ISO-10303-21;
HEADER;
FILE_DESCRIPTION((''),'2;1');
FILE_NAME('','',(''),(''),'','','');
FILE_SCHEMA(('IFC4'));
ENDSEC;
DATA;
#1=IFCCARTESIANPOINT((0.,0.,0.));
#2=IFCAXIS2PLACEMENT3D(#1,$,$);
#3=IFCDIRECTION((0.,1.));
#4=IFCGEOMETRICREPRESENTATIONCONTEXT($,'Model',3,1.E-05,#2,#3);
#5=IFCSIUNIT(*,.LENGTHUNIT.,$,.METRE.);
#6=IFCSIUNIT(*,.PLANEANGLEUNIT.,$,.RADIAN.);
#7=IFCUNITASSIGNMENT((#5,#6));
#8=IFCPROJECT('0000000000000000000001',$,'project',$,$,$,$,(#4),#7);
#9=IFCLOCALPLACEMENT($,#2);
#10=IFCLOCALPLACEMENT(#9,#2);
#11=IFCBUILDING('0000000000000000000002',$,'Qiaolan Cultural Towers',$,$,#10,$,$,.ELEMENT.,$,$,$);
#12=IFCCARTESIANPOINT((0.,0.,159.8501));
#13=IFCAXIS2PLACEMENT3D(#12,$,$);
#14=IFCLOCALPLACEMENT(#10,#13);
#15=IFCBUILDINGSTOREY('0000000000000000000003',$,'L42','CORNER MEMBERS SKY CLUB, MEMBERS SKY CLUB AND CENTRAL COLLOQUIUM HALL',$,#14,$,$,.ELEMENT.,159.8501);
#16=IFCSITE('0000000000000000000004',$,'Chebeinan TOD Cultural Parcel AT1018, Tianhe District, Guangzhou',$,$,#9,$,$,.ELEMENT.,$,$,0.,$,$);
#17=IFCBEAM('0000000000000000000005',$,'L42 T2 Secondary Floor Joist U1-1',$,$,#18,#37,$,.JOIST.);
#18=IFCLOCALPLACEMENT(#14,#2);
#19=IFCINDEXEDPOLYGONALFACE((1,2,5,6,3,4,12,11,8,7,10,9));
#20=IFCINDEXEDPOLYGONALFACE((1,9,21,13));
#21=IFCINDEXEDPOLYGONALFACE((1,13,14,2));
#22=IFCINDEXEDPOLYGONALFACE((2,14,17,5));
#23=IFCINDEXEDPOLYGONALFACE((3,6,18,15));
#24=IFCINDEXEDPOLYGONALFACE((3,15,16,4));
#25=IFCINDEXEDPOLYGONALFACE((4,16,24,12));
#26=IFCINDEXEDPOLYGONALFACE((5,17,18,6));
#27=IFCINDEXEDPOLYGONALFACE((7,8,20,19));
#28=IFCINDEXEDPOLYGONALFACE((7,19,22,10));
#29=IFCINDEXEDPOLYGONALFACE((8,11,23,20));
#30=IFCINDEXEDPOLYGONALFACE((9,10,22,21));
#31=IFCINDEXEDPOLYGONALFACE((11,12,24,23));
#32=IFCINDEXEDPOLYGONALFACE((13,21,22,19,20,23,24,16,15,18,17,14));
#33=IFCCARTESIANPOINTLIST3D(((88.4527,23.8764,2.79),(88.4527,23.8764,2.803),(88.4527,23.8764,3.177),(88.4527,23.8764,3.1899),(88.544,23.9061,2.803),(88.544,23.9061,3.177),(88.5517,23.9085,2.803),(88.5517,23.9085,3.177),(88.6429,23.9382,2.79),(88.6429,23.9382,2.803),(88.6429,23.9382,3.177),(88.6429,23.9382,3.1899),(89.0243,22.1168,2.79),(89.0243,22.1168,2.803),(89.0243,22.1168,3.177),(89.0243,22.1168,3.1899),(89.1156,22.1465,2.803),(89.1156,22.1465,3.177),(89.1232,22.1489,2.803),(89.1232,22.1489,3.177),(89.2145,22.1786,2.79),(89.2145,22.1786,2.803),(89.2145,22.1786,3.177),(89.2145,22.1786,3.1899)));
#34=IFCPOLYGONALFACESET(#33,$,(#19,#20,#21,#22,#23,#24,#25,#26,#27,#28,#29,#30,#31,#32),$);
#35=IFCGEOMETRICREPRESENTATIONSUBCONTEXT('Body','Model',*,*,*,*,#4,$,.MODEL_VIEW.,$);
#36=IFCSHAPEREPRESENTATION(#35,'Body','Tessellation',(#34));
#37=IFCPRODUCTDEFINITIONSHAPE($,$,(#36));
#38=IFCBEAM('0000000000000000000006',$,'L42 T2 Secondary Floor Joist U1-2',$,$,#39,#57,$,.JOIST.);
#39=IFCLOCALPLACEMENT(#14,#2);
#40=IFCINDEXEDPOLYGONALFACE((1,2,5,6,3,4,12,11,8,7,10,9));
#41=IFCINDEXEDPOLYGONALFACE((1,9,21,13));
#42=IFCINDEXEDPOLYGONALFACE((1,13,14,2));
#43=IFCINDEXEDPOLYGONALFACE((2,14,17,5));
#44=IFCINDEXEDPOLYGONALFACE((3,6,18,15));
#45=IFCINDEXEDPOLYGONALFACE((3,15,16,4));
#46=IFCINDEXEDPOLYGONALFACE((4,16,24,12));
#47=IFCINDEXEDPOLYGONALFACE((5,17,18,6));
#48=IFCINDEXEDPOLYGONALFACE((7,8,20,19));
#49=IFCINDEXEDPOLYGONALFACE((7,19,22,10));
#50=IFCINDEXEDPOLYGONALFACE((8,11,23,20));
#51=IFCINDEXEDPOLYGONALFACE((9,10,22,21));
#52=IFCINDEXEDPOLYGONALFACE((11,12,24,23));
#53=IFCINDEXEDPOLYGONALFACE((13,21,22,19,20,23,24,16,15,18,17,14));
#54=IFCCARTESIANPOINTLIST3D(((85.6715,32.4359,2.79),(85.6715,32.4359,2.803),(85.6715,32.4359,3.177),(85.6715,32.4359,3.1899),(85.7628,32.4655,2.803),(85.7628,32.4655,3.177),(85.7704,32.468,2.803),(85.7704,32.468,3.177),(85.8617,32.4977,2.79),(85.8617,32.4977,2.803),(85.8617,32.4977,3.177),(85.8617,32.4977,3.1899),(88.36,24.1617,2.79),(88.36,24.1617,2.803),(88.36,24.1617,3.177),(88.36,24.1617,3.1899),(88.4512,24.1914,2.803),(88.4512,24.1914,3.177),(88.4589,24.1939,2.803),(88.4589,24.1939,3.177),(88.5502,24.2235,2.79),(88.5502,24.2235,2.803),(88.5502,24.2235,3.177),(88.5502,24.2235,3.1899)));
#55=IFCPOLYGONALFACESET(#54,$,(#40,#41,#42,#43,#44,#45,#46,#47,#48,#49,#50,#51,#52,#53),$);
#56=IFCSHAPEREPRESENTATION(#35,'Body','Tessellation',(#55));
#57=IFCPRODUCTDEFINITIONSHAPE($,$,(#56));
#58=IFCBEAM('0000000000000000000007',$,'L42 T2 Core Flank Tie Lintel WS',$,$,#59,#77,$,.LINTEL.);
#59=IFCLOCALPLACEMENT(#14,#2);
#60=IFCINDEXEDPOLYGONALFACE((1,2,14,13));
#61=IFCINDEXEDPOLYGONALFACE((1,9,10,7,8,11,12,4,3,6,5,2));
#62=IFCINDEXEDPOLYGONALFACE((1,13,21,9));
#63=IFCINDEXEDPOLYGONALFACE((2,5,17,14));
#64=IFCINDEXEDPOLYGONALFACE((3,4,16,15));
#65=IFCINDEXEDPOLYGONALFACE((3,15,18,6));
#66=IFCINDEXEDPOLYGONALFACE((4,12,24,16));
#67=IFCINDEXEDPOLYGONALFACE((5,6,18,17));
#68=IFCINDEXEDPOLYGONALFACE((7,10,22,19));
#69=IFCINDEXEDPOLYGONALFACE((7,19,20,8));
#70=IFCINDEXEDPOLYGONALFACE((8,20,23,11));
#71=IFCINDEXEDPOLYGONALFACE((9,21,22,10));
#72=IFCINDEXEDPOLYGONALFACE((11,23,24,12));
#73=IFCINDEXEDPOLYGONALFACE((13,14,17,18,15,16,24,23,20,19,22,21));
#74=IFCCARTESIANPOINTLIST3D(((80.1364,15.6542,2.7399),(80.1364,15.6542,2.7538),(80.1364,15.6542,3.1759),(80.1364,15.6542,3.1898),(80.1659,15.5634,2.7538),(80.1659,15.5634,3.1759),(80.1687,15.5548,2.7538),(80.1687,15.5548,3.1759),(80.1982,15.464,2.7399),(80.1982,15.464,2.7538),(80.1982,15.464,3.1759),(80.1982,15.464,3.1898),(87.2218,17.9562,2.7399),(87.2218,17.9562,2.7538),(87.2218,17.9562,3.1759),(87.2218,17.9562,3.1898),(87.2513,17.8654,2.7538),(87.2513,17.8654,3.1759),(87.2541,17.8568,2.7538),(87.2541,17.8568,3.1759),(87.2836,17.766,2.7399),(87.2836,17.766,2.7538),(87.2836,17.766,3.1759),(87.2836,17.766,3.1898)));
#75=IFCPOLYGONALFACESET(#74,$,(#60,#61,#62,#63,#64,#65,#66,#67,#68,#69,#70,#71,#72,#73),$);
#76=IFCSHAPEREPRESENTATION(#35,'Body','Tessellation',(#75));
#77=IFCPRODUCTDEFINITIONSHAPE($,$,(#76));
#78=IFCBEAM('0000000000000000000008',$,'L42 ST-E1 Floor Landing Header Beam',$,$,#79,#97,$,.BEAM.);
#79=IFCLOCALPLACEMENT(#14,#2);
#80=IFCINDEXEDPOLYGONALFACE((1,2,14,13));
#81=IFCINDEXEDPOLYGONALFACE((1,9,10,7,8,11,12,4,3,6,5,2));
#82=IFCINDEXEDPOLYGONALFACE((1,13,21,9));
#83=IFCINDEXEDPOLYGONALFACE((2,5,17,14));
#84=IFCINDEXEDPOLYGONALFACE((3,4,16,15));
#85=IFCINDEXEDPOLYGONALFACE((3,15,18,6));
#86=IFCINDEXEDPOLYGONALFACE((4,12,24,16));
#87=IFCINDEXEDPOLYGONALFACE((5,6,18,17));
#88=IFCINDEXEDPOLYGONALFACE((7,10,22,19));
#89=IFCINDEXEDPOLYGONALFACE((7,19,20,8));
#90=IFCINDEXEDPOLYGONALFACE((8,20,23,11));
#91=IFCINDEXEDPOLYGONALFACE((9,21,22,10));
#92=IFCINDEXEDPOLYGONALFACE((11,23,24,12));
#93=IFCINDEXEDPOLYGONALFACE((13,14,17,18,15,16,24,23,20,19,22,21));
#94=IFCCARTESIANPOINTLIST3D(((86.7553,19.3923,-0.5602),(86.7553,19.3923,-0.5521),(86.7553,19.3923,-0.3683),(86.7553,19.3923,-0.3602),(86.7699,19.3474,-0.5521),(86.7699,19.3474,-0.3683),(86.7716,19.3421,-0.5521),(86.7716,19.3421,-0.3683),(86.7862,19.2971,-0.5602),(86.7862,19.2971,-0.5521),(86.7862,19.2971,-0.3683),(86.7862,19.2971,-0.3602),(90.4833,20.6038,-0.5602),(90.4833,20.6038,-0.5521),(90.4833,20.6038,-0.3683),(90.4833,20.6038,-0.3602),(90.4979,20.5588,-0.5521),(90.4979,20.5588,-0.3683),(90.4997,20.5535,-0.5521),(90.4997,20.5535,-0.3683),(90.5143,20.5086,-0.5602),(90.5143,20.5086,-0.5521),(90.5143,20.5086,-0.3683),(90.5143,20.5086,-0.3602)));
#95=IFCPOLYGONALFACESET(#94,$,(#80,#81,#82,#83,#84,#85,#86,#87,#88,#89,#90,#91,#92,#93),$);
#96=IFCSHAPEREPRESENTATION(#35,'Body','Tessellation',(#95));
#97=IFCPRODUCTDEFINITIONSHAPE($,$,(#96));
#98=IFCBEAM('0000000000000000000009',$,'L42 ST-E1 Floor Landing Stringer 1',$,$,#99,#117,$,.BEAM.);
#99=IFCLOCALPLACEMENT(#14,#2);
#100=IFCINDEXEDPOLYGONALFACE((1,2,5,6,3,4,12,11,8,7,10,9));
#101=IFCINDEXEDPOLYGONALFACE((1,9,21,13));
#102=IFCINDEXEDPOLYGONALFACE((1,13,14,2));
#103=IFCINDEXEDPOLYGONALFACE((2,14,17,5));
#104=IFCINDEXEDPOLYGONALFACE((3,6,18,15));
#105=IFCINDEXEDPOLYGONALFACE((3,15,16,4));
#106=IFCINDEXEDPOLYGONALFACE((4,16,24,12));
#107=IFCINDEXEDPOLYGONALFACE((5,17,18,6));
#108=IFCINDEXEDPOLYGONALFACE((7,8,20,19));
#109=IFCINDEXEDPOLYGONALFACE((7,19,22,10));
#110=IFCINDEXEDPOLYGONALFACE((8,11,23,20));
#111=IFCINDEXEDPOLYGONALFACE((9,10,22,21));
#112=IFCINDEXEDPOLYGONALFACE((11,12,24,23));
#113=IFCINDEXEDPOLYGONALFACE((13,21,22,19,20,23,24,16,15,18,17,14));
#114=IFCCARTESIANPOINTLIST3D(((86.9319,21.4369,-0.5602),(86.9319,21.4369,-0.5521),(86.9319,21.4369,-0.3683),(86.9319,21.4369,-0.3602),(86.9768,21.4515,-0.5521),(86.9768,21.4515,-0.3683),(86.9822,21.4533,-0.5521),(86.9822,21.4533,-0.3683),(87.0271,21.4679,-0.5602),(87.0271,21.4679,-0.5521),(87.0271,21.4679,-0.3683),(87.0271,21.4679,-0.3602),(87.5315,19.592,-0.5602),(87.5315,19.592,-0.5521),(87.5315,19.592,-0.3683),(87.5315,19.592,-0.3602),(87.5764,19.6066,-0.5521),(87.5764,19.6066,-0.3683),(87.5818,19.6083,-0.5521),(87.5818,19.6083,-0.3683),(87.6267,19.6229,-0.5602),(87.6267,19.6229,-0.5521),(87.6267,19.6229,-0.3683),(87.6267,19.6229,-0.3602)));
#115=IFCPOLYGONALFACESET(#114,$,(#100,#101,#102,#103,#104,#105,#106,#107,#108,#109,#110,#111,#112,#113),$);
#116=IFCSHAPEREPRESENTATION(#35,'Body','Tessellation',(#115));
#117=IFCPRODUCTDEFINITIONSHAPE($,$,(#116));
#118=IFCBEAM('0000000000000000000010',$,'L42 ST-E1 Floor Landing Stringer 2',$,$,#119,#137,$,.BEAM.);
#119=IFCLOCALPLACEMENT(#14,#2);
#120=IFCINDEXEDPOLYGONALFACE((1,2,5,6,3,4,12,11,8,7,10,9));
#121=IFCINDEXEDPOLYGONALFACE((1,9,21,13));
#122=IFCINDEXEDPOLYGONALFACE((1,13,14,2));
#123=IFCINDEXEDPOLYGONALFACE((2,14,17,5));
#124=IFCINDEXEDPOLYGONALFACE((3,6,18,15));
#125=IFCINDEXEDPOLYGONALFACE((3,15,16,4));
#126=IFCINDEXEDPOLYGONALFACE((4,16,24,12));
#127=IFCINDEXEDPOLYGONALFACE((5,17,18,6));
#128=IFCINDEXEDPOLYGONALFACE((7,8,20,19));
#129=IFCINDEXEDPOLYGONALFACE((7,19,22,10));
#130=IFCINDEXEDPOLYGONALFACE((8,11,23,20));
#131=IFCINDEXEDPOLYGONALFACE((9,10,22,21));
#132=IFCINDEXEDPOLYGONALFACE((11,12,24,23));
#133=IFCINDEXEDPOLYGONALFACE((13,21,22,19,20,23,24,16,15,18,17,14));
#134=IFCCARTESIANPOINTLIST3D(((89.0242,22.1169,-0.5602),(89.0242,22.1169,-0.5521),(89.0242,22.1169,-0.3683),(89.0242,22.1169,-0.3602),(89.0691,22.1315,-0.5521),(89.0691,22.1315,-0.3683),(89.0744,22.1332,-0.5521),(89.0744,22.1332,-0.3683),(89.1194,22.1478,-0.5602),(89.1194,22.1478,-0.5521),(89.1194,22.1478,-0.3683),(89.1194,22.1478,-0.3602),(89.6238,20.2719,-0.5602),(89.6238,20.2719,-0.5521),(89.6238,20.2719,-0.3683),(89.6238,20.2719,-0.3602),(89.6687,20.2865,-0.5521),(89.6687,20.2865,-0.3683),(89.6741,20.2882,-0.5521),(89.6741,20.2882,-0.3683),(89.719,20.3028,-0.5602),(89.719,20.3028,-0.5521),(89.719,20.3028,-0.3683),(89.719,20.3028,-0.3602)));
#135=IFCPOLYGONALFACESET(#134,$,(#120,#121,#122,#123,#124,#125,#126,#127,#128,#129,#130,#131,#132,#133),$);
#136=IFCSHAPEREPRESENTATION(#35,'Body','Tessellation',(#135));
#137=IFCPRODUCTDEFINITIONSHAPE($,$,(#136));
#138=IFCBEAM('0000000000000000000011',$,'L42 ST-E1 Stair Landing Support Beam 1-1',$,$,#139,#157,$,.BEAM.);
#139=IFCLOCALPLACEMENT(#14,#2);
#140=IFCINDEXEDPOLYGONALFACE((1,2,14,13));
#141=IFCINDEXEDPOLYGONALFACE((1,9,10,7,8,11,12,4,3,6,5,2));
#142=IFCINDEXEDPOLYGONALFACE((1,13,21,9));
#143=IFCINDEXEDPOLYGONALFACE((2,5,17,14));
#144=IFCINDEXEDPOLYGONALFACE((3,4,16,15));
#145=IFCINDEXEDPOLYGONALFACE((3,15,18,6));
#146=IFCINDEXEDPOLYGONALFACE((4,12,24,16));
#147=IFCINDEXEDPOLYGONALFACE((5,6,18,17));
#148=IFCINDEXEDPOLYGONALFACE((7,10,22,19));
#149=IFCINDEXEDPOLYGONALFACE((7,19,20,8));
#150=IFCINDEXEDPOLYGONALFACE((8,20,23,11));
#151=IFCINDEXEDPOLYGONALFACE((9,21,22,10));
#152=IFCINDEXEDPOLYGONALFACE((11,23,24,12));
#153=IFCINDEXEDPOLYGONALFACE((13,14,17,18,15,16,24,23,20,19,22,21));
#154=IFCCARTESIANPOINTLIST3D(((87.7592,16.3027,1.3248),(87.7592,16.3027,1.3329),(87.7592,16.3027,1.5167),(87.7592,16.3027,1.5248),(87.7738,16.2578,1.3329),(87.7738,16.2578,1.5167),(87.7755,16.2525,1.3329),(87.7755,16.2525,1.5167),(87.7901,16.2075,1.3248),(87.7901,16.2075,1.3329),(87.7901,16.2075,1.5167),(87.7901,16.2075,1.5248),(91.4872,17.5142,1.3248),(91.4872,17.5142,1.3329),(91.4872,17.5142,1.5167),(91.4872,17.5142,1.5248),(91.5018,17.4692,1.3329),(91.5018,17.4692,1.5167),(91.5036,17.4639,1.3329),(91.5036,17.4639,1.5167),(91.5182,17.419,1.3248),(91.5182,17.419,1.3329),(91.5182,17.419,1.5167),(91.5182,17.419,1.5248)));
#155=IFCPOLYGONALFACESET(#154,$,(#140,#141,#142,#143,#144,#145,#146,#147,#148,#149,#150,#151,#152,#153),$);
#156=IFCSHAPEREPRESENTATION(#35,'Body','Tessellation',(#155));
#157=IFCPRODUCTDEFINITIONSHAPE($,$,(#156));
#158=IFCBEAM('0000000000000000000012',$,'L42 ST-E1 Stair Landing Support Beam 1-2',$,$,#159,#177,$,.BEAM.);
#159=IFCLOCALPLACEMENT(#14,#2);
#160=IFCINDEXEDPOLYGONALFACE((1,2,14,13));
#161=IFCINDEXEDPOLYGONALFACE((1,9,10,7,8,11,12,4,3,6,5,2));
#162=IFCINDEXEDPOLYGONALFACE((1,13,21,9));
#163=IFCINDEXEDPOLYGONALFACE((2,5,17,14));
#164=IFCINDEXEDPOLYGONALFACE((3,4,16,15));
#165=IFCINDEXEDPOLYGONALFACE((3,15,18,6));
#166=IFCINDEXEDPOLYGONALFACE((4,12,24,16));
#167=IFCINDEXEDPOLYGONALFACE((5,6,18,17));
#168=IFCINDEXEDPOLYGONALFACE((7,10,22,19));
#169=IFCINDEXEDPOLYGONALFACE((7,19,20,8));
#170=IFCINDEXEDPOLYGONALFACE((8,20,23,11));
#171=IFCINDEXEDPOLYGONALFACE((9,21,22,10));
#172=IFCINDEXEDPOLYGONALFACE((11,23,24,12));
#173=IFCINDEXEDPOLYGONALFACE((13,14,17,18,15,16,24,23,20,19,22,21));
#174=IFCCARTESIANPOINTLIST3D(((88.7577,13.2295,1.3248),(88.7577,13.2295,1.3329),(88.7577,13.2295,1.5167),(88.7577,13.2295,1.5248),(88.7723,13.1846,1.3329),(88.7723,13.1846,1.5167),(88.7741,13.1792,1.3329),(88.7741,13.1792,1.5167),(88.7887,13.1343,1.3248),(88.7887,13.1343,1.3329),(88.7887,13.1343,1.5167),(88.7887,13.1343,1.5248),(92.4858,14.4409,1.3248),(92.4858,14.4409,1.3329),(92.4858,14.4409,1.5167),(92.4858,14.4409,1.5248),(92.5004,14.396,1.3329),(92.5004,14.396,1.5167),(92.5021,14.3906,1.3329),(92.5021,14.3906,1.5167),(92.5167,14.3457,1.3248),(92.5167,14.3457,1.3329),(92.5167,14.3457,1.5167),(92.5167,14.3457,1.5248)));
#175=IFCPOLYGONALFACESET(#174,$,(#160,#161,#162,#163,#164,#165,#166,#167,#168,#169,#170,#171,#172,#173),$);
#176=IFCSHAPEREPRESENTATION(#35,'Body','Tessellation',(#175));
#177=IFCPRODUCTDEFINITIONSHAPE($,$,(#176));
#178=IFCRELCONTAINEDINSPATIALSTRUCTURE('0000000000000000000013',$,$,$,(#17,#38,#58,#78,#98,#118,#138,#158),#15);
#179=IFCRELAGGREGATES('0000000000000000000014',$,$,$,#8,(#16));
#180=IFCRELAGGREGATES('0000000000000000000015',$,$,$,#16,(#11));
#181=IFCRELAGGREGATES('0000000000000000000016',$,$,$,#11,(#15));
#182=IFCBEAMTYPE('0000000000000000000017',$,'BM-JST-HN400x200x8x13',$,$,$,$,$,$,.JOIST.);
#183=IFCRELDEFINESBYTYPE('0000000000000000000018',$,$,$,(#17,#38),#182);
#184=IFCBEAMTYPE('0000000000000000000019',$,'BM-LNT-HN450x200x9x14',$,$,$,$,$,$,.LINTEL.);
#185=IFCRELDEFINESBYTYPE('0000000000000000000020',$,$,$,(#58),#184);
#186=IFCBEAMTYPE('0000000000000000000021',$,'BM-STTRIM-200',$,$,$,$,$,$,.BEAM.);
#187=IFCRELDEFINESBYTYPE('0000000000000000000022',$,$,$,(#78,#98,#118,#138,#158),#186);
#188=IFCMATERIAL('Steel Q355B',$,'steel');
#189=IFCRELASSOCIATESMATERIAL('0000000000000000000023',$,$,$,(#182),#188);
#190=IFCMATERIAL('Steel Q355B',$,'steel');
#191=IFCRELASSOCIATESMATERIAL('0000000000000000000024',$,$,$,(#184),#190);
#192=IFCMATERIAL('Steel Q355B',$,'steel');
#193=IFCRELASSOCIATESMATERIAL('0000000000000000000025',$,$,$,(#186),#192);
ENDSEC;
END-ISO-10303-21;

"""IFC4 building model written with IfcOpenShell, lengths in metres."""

from ifc_helpers import new_model, si_unit, direction, frame, origin, origin_2d, place, context, subcontext, project, spatial, i_section, extrude, material, material_profile, profile_set, type_object, element, save


model = new_model("IFC4")

# Units and contexts
model_context = context("Model", 3, precision=1e-05, world=origin(), true_north=direction((0.0, 1.0)))
body_context = subcontext(model_context, "Body", "Model", "MODEL_VIEW")
ifc_project = project(units=[si_unit("LENGTHUNIT", "METRE"), si_unit("PLANEANGLEUNIT", "RADIAN")], contexts=[model_context])

# Site, building, storey
site_placement = place(None, origin())
site = spatial("IfcSite", under=ifc_project, at=site_placement, Name="Chebeinan TOD Cultural Parcel AT1018, Tianhe District, Guangzhou", CompositionType="ELEMENT", RefElevation=0.0)
building_placement = place(site_placement, origin())
building = spatial("IfcBuilding", under=site, at=building_placement, Name="Qiaolan Cultural Towers", CompositionType="ELEMENT")
storey_placement = place(building_placement, frame((0.0, 0.0, 159.8501)))
storey = spatial("IfcBuildingStorey", under=building, at=storey_placement, Name="L42", Description="CORNER MEMBERS SKY CLUB, MEMBERS SKY CLUB AND CENTRAL COLLOQUIUM HALL", CompositionType="ELEMENT", Elevation=159.8501)

# Beams
ifc_material_1 = material(Name="Steel Q355B", Category="steel")
ifc_material_profile_1 = material_profile(ifc_material_1, i_section(OverallWidth=0.2, OverallDepth=0.3999, WebThickness=0.0081, FlangeThickness=0.0129, at=origin_2d()), Name="HN400x200x8x13")
ifc_profile_set_1 = profile_set([ifc_material_profile_1], Name="Steel Q355B")
beam_type_1 = type_object("IfcBeamType", Name="BM-JST-HN400x200x8x13", PredefinedType="JOIST", material=ifc_profile_set_1)
beam_1_placement = place(storey_placement, frame((89.1194, 22.1477, 2.99), z_axis=(-0.308934, 0.951084, 0.0), x_axis=(-0.951084, -0.308934, 0.0)))
element("IfcBeam", 1, at=beam_1_placement, inside=storey, type_object=beam_type_1, Name="L42 T2 Secondary Floor Joist U1-1", PredefinedType="JOIST", context=body_context, shape_type="SweptSolid", body=[
    extrude(i_section(OverallWidth=0.2, OverallDepth=0.3999, WebThickness=0.0081, FlangeThickness=0.0129, at=origin_2d()), origin(), (0.0, 0.0, 1.0), 1.8501),
])
beam_2_placement = place(storey_placement, frame((88.4551, 24.1926, 2.99), z_axis=(-0.309021, 0.951055, 0.0), x_axis=(-0.951055, -0.309021, 0.0)))
element("IfcBeam", 2, at=beam_2_placement, inside=storey, type_object=beam_type_1, Name="L42 T2 Secondary Floor Joist U1-2", PredefinedType="JOIST", context=body_context, shape_type="SweptSolid", body=[
    extrude(i_section(OverallWidth=0.2, OverallDepth=0.3999, WebThickness=0.0081, FlangeThickness=0.0129, at=origin_2d()), origin(), (0.0, 0.0, 1.0), 8.7),
])
ifc_material_2 = material(Name="Steel Q355B", Category="steel")
ifc_material_profile_2 = material_profile(ifc_material_2, i_section(OverallWidth=0.2, OverallDepth=0.45, WebThickness=0.009, FlangeThickness=0.0139, at=origin_2d()), Name="HN450x200x9x14")
ifc_profile_set_2 = profile_set([ifc_material_profile_2], Name="Steel Q355B")
beam_type_2 = type_object("IfcBeamType", Name="BM-LNT-HN450x200x9x14", PredefinedType="LINTEL", material=ifc_profile_set_2)
beam_3_placement = place(storey_placement, frame((87.2527, 17.8611, 2.9648), z_axis=(-0.951064, -0.308993, 0.0), x_axis=(0.308993, -0.951064, 0.0)))
element("IfcBeam", 3, at=beam_3_placement, inside=storey, type_object=beam_type_2, Name="L42 T2 Core Flank Tie Lintel WS", PredefinedType="LINTEL", context=body_context, shape_type="SweptSolid", body=[
    extrude(i_section(OverallWidth=0.2, OverallDepth=0.45, WebThickness=0.009, FlangeThickness=0.0139, at=origin_2d()), origin(), (0.0, 0.0, 1.0), 7.45),
])
ifc_material_3 = material(Name="Steel Q355B", Category="steel")
ifc_material_profile_3 = material_profile(ifc_material_3, i_section(OverallWidth=0.1001, OverallDepth=0.2, WebThickness=0.0056, FlangeThickness=0.0081, at=origin_2d()), Name="HN200x100x5.5x8")
ifc_profile_set_3 = profile_set([ifc_material_profile_3], Name="Steel Q355B")
beam_type_3 = type_object("IfcBeamType", Name="BM-STTRIM-200", PredefinedType="BEAM", material=ifc_profile_set_3)
beam_4_placement = place(storey_placement, frame((86.7708, 19.3447, -0.4602), z_axis=(0.951048, 0.309044, 0.0), x_axis=(-0.309044, 0.951048, 0.0)))
element("IfcBeam", 4, at=beam_4_placement, inside=storey, type_object=beam_type_3, Name="L42 ST-E1 Floor Landing Header Beam", PredefinedType="BEAM", context=body_context, shape_type="SweptSolid", body=[
    extrude(i_section(OverallWidth=0.1001, OverallDepth=0.2, WebThickness=0.0056, FlangeThickness=0.0081, at=origin_2d()), origin(), (0.0, 0.0, 1.0), 3.9199),
])
for number, where, z_axis, x_axis, name in (
    (5, (86.9795, 21.4524, -0.4602), (0.309083, -0.951035, 0.0), (0.951035, 0.309083, 0.0), "L42 ST-E1 Floor Landing Stringer 1"),
    (6, (89.0718, 22.1323, -0.4602), (0.309083, -0.951035, 0.0), (0.951035, 0.309083, 0.0), "L42 ST-E1 Floor Landing Stringer 2"),
):
    element("IfcBeam", number, at=place(storey_placement, frame(where, z_axis=z_axis, x_axis=x_axis)), inside=storey, type_object=beam_type_3, Name=name, PredefinedType="BEAM", context=body_context, shape_type="SweptSolid", body=[
        extrude(i_section(OverallWidth=0.1001, OverallDepth=0.2, WebThickness=0.0056, FlangeThickness=0.0081, at=origin_2d()), origin(), (0.0, 0.0, 1.0), 1.9399),
    ])
for number, where, z_axis, x_axis, name in (
    (7, (87.7747, 16.2551, 1.4248), (0.951048, 0.309044, 0.0), (-0.309044, 0.951048, 0.0), "L42 ST-E1 Stair Landing Support Beam 1-1"),
    (8, (88.7732, 13.1819, 1.4248), (0.951048, 0.309044, 0.0), (-0.309044, 0.951048, 0.0), "L42 ST-E1 Stair Landing Support Beam 1-2"),
):
    element("IfcBeam", number, at=place(storey_placement, frame(where, z_axis=z_axis, x_axis=x_axis)), inside=storey, type_object=beam_type_3, Name=name, PredefinedType="BEAM", context=body_context, shape_type="SweptSolid", body=[
        extrude(i_section(OverallWidth=0.1001, OverallDepth=0.2, WebThickness=0.0056, FlangeThickness=0.0081, at=origin_2d()), origin(), (0.0, 0.0, 1.0), 3.9199),
    ])

save(model, "model.ifc")
